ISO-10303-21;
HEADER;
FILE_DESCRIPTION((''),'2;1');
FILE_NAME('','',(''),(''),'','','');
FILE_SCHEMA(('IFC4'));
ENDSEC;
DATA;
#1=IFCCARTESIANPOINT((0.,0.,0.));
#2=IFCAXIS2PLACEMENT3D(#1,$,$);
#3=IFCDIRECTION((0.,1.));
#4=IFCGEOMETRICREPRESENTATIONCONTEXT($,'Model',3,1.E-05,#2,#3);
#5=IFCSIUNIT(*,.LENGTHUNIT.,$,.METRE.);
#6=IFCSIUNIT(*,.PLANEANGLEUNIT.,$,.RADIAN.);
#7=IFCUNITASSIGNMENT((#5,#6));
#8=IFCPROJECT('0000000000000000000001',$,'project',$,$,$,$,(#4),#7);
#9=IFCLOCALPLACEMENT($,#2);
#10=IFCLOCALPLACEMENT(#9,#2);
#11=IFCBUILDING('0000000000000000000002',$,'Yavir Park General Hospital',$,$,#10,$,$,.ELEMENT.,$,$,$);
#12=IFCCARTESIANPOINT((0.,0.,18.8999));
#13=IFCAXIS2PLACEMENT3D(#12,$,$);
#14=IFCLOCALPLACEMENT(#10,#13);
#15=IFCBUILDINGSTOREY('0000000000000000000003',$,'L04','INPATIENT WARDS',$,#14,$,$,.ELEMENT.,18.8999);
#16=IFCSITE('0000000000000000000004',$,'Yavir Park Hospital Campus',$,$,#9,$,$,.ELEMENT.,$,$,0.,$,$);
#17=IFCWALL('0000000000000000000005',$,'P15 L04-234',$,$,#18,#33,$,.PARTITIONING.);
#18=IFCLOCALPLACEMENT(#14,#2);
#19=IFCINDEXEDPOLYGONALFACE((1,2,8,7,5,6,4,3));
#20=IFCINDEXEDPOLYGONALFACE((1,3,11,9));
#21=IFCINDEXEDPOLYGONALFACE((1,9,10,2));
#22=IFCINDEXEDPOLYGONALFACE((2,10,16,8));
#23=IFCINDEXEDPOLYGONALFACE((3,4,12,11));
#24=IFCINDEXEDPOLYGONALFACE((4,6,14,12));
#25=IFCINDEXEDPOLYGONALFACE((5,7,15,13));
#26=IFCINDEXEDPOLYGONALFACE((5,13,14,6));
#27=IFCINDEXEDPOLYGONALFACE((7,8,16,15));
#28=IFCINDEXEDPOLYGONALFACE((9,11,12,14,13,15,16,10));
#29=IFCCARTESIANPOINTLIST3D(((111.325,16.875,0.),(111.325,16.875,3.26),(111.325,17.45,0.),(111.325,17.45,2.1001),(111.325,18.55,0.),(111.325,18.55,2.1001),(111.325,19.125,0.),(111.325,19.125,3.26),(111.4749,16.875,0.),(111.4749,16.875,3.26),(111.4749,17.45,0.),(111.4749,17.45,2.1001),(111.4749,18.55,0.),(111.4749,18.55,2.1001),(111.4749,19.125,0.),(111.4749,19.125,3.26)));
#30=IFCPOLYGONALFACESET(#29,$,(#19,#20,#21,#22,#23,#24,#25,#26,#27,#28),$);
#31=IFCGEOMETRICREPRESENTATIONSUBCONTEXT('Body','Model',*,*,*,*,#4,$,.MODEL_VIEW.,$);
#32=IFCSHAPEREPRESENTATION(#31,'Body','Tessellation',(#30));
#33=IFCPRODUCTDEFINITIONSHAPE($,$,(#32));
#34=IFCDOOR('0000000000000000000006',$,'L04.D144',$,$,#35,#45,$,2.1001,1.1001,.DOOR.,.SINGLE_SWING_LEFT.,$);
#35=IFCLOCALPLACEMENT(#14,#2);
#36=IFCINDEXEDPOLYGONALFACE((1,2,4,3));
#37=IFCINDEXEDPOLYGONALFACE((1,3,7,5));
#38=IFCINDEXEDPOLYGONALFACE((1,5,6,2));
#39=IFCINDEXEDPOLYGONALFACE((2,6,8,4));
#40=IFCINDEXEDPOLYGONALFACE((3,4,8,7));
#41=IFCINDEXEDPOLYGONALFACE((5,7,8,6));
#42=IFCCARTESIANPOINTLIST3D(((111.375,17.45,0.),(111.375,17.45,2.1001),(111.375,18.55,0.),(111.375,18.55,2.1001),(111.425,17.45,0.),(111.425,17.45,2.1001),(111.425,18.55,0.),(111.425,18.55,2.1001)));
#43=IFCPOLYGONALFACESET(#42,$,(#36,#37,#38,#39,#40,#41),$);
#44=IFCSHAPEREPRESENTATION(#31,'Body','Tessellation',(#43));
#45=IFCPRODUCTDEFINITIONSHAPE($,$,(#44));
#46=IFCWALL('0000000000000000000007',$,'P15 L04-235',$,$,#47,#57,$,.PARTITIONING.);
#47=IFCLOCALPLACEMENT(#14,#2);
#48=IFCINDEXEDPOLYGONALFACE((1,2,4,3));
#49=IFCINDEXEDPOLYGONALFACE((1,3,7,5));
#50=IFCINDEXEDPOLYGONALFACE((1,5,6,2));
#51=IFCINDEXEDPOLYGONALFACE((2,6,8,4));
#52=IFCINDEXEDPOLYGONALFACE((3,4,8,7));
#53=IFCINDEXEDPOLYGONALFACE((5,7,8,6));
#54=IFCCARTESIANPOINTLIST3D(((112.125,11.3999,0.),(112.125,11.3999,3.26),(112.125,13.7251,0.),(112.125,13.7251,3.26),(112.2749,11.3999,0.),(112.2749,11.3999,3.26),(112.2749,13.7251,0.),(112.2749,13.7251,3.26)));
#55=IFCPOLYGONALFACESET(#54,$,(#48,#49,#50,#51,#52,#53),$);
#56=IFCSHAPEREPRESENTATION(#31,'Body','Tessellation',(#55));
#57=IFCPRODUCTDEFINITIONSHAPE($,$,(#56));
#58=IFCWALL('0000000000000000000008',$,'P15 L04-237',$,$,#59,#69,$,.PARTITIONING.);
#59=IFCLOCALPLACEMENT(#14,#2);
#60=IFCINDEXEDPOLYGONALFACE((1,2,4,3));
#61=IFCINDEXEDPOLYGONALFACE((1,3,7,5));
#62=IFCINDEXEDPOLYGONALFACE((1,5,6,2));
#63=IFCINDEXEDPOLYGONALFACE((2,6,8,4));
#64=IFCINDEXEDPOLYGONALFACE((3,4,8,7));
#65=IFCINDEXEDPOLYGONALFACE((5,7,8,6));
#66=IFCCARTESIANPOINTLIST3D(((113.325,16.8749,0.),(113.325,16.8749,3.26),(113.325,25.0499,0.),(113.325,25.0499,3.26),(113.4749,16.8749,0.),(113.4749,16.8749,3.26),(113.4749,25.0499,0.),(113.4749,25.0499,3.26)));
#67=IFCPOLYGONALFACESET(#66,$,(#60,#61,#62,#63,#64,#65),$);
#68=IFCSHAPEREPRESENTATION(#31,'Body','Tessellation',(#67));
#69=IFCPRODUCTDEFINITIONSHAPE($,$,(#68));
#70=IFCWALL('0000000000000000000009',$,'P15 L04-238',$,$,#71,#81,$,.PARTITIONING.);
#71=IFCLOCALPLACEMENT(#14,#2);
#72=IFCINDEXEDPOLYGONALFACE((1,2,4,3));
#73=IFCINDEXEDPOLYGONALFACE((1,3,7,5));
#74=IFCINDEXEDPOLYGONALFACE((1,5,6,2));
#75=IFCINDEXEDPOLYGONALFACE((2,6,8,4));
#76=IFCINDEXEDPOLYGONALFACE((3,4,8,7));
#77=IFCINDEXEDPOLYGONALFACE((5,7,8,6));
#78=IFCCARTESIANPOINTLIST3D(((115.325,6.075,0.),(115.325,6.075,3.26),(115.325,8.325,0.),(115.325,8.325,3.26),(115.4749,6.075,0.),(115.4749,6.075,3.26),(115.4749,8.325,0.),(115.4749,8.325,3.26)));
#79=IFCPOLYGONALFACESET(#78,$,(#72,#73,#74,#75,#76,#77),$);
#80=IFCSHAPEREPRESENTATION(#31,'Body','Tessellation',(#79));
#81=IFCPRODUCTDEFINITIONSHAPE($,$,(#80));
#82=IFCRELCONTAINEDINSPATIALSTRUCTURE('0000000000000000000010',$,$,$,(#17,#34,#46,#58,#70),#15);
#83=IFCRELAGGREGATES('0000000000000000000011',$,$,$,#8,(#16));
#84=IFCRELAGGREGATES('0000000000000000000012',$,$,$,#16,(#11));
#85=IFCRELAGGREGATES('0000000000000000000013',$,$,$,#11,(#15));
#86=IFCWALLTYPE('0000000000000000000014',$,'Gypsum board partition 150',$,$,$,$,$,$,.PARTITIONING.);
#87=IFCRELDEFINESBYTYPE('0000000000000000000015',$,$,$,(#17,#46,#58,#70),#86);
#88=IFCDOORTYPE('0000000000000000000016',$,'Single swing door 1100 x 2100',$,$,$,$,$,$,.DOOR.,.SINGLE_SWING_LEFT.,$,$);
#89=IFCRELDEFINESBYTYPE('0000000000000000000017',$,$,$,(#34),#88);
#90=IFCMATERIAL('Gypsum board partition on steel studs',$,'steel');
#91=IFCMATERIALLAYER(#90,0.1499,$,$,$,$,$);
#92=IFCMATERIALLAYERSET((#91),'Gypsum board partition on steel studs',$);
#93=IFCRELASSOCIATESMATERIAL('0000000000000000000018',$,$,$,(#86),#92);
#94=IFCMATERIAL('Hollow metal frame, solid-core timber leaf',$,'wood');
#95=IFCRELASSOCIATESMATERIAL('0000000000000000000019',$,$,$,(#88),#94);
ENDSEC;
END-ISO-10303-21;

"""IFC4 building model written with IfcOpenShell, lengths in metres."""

from ifc_helpers import new_model, si_unit, direction, frame, frame_2d, origin, place, context, subcontext, project, spatial, rectangle, extrude, material, layer, layer_set, type_object, element, fill, save


model = new_model("IFC4")

# Units and contexts
model_context = context("Model", 3, precision=1e-05, world=origin(), true_north=direction((0.0, 1.0)))
body_context = subcontext(model_context, "Body", "Model", "MODEL_VIEW")
ifc_project = project(units=[si_unit("LENGTHUNIT", "METRE"), si_unit("PLANEANGLEUNIT", "RADIAN")], contexts=[model_context])

# Site, building, storey
site_placement = place(None, origin())
site = spatial("IfcSite", under=ifc_project, at=site_placement, Name="Yavir Park Hospital Campus", CompositionType="ELEMENT", RefElevation=0.0)
building_placement = place(site_placement, origin())
building = spatial("IfcBuilding", under=site, at=building_placement, Name="Yavir Park General Hospital", CompositionType="ELEMENT")
storey_placement = place(building_placement, frame((0.0, 0.0, 18.8999)))
storey = spatial("IfcBuildingStorey", under=building, at=storey_placement, Name="L04", Description="INPATIENT WARDS", CompositionType="ELEMENT", Elevation=18.8999)

# Shared definitions
ifc_material_1 = material(Name="Gypsum board partition on steel studs", Category="steel")
ifc_layer_1 = layer(ifc_material_1, 0.1499)
ifc_layer_set_1 = layer_set([ifc_layer_1], Name="Gypsum board partition on steel studs")
wall_type_1 = type_object("IfcWallType", Name="Gypsum board partition 150", PredefinedType="PARTITIONING", material=ifc_layer_set_1)

# Shared definitions
ifc_material_2 = material(Name="Hollow metal frame, solid-core timber leaf", Category="wood")
door_type_1 = type_object("IfcDoorType", Name="Single swing door 1100 x 2100", OperationType="SINGLE_SWING_LEFT", PredefinedType="DOOR", material=ifc_material_2)

# Wall, opening, door
wall_1_placement = place(storey_placement, frame((111.3999, 16.875, 0.0), z_axis=(0.0, 0.0, 1.0), x_axis=(0.0, 1.0, 0.0)))
wall_1 = element("IfcWall", 1, at=wall_1_placement, inside=storey, type_object=wall_type_1, Name="P15 L04-234", PredefinedType="PARTITIONING", context=body_context, shape_type="SweptSolid", body=[
    extrude(rectangle(XDim=2.25, YDim=0.1499, at=frame_2d((1.125, 0.0))), origin(), (0.0, 0.0, 1.0), 3.26),
])
opening_1_placement = place(wall_1_placement, frame((0.575, 0.0, 0.0)))
opening_1 = element("IfcOpeningElement", 2, at=opening_1_placement, cuts=wall_1, PredefinedType="OPENING", context=body_context, shape_type="SweptSolid", body=[
    extrude(rectangle(XDim=1.1001, YDim=2.1001, at=frame_2d((0.55, 1.05))), frame((0.0, 0.085, 0.0), z_axis=(0.0, -1.0, 0.0), x_axis=(1.0, 0.0, 0.0)), (0.0, 0.0, 1.0), 0.1699),
])
door_1_placement = place(opening_1_placement, origin())
door_1 = element("IfcDoor", 3, at=door_1_placement, inside=storey, type_object=door_type_1, Name="L04.D144", OperationType="SINGLE_SWING_LEFT", OverallHeight=2.1001, OverallWidth=1.1001, PredefinedType="DOOR", context=body_context, shape_type="SweptSolid", body=[
    extrude(rectangle(XDim=1.1001, YDim=2.1001, at=frame_2d((0.55, 1.05))), frame((0.0, 0.0249, 0.0), z_axis=(0.0, -1.0, 0.0), x_axis=(1.0, 0.0, 0.0)), (0.0, 0.0, 1.0), 0.05),
])
fill(opening_1, door_1)

# Walls
wall_2_placement = place(storey_placement, frame((112.2, 11.3999, 0.0), z_axis=(0.0, 0.0, 1.0), x_axis=(0.0, 1.0, 0.0)))
element("IfcWall", 4, at=wall_2_placement, inside=storey, type_object=wall_type_1, Name="P15 L04-235", PredefinedType="PARTITIONING", context=body_context, shape_type="SweptSolid", body=[
    extrude(rectangle(XDim=2.3252, YDim=0.1499, at=frame_2d((1.1626, 0.0))), origin(), (0.0, 0.0, 1.0), 3.26),
])
wall_3_placement = place(storey_placement, frame((113.3999, 16.875, 0.0), z_axis=(0.0, 0.0, 1.0), x_axis=(0.0, 1.0, 0.0)))
element("IfcWall", 5, at=wall_3_placement, inside=storey, type_object=wall_type_1, Name="P15 L04-237", PredefinedType="PARTITIONING", context=body_context, shape_type="SweptSolid", body=[
    extrude(rectangle(XDim=8.175, YDim=0.1499, at=frame_2d((4.0874, 0.0))), origin(), (0.0, 0.0, 1.0), 3.26),
])
wall_4_placement = place(storey_placement, frame((115.3999, 6.075, 0.0), z_axis=(0.0, 0.0, 1.0), x_axis=(0.0, 1.0, 0.0)))
element("IfcWall", 6, at=wall_4_placement, inside=storey, type_object=wall_type_1, Name="P15 L04-238", PredefinedType="PARTITIONING", context=body_context, shape_type="SweptSolid", body=[
    extrude(rectangle(XDim=2.25, YDim=0.1499, at=frame_2d((1.125, 0.0))), origin(), (0.0, 0.0, 1.0), 3.26),
])

save(model, "model.ifc")
